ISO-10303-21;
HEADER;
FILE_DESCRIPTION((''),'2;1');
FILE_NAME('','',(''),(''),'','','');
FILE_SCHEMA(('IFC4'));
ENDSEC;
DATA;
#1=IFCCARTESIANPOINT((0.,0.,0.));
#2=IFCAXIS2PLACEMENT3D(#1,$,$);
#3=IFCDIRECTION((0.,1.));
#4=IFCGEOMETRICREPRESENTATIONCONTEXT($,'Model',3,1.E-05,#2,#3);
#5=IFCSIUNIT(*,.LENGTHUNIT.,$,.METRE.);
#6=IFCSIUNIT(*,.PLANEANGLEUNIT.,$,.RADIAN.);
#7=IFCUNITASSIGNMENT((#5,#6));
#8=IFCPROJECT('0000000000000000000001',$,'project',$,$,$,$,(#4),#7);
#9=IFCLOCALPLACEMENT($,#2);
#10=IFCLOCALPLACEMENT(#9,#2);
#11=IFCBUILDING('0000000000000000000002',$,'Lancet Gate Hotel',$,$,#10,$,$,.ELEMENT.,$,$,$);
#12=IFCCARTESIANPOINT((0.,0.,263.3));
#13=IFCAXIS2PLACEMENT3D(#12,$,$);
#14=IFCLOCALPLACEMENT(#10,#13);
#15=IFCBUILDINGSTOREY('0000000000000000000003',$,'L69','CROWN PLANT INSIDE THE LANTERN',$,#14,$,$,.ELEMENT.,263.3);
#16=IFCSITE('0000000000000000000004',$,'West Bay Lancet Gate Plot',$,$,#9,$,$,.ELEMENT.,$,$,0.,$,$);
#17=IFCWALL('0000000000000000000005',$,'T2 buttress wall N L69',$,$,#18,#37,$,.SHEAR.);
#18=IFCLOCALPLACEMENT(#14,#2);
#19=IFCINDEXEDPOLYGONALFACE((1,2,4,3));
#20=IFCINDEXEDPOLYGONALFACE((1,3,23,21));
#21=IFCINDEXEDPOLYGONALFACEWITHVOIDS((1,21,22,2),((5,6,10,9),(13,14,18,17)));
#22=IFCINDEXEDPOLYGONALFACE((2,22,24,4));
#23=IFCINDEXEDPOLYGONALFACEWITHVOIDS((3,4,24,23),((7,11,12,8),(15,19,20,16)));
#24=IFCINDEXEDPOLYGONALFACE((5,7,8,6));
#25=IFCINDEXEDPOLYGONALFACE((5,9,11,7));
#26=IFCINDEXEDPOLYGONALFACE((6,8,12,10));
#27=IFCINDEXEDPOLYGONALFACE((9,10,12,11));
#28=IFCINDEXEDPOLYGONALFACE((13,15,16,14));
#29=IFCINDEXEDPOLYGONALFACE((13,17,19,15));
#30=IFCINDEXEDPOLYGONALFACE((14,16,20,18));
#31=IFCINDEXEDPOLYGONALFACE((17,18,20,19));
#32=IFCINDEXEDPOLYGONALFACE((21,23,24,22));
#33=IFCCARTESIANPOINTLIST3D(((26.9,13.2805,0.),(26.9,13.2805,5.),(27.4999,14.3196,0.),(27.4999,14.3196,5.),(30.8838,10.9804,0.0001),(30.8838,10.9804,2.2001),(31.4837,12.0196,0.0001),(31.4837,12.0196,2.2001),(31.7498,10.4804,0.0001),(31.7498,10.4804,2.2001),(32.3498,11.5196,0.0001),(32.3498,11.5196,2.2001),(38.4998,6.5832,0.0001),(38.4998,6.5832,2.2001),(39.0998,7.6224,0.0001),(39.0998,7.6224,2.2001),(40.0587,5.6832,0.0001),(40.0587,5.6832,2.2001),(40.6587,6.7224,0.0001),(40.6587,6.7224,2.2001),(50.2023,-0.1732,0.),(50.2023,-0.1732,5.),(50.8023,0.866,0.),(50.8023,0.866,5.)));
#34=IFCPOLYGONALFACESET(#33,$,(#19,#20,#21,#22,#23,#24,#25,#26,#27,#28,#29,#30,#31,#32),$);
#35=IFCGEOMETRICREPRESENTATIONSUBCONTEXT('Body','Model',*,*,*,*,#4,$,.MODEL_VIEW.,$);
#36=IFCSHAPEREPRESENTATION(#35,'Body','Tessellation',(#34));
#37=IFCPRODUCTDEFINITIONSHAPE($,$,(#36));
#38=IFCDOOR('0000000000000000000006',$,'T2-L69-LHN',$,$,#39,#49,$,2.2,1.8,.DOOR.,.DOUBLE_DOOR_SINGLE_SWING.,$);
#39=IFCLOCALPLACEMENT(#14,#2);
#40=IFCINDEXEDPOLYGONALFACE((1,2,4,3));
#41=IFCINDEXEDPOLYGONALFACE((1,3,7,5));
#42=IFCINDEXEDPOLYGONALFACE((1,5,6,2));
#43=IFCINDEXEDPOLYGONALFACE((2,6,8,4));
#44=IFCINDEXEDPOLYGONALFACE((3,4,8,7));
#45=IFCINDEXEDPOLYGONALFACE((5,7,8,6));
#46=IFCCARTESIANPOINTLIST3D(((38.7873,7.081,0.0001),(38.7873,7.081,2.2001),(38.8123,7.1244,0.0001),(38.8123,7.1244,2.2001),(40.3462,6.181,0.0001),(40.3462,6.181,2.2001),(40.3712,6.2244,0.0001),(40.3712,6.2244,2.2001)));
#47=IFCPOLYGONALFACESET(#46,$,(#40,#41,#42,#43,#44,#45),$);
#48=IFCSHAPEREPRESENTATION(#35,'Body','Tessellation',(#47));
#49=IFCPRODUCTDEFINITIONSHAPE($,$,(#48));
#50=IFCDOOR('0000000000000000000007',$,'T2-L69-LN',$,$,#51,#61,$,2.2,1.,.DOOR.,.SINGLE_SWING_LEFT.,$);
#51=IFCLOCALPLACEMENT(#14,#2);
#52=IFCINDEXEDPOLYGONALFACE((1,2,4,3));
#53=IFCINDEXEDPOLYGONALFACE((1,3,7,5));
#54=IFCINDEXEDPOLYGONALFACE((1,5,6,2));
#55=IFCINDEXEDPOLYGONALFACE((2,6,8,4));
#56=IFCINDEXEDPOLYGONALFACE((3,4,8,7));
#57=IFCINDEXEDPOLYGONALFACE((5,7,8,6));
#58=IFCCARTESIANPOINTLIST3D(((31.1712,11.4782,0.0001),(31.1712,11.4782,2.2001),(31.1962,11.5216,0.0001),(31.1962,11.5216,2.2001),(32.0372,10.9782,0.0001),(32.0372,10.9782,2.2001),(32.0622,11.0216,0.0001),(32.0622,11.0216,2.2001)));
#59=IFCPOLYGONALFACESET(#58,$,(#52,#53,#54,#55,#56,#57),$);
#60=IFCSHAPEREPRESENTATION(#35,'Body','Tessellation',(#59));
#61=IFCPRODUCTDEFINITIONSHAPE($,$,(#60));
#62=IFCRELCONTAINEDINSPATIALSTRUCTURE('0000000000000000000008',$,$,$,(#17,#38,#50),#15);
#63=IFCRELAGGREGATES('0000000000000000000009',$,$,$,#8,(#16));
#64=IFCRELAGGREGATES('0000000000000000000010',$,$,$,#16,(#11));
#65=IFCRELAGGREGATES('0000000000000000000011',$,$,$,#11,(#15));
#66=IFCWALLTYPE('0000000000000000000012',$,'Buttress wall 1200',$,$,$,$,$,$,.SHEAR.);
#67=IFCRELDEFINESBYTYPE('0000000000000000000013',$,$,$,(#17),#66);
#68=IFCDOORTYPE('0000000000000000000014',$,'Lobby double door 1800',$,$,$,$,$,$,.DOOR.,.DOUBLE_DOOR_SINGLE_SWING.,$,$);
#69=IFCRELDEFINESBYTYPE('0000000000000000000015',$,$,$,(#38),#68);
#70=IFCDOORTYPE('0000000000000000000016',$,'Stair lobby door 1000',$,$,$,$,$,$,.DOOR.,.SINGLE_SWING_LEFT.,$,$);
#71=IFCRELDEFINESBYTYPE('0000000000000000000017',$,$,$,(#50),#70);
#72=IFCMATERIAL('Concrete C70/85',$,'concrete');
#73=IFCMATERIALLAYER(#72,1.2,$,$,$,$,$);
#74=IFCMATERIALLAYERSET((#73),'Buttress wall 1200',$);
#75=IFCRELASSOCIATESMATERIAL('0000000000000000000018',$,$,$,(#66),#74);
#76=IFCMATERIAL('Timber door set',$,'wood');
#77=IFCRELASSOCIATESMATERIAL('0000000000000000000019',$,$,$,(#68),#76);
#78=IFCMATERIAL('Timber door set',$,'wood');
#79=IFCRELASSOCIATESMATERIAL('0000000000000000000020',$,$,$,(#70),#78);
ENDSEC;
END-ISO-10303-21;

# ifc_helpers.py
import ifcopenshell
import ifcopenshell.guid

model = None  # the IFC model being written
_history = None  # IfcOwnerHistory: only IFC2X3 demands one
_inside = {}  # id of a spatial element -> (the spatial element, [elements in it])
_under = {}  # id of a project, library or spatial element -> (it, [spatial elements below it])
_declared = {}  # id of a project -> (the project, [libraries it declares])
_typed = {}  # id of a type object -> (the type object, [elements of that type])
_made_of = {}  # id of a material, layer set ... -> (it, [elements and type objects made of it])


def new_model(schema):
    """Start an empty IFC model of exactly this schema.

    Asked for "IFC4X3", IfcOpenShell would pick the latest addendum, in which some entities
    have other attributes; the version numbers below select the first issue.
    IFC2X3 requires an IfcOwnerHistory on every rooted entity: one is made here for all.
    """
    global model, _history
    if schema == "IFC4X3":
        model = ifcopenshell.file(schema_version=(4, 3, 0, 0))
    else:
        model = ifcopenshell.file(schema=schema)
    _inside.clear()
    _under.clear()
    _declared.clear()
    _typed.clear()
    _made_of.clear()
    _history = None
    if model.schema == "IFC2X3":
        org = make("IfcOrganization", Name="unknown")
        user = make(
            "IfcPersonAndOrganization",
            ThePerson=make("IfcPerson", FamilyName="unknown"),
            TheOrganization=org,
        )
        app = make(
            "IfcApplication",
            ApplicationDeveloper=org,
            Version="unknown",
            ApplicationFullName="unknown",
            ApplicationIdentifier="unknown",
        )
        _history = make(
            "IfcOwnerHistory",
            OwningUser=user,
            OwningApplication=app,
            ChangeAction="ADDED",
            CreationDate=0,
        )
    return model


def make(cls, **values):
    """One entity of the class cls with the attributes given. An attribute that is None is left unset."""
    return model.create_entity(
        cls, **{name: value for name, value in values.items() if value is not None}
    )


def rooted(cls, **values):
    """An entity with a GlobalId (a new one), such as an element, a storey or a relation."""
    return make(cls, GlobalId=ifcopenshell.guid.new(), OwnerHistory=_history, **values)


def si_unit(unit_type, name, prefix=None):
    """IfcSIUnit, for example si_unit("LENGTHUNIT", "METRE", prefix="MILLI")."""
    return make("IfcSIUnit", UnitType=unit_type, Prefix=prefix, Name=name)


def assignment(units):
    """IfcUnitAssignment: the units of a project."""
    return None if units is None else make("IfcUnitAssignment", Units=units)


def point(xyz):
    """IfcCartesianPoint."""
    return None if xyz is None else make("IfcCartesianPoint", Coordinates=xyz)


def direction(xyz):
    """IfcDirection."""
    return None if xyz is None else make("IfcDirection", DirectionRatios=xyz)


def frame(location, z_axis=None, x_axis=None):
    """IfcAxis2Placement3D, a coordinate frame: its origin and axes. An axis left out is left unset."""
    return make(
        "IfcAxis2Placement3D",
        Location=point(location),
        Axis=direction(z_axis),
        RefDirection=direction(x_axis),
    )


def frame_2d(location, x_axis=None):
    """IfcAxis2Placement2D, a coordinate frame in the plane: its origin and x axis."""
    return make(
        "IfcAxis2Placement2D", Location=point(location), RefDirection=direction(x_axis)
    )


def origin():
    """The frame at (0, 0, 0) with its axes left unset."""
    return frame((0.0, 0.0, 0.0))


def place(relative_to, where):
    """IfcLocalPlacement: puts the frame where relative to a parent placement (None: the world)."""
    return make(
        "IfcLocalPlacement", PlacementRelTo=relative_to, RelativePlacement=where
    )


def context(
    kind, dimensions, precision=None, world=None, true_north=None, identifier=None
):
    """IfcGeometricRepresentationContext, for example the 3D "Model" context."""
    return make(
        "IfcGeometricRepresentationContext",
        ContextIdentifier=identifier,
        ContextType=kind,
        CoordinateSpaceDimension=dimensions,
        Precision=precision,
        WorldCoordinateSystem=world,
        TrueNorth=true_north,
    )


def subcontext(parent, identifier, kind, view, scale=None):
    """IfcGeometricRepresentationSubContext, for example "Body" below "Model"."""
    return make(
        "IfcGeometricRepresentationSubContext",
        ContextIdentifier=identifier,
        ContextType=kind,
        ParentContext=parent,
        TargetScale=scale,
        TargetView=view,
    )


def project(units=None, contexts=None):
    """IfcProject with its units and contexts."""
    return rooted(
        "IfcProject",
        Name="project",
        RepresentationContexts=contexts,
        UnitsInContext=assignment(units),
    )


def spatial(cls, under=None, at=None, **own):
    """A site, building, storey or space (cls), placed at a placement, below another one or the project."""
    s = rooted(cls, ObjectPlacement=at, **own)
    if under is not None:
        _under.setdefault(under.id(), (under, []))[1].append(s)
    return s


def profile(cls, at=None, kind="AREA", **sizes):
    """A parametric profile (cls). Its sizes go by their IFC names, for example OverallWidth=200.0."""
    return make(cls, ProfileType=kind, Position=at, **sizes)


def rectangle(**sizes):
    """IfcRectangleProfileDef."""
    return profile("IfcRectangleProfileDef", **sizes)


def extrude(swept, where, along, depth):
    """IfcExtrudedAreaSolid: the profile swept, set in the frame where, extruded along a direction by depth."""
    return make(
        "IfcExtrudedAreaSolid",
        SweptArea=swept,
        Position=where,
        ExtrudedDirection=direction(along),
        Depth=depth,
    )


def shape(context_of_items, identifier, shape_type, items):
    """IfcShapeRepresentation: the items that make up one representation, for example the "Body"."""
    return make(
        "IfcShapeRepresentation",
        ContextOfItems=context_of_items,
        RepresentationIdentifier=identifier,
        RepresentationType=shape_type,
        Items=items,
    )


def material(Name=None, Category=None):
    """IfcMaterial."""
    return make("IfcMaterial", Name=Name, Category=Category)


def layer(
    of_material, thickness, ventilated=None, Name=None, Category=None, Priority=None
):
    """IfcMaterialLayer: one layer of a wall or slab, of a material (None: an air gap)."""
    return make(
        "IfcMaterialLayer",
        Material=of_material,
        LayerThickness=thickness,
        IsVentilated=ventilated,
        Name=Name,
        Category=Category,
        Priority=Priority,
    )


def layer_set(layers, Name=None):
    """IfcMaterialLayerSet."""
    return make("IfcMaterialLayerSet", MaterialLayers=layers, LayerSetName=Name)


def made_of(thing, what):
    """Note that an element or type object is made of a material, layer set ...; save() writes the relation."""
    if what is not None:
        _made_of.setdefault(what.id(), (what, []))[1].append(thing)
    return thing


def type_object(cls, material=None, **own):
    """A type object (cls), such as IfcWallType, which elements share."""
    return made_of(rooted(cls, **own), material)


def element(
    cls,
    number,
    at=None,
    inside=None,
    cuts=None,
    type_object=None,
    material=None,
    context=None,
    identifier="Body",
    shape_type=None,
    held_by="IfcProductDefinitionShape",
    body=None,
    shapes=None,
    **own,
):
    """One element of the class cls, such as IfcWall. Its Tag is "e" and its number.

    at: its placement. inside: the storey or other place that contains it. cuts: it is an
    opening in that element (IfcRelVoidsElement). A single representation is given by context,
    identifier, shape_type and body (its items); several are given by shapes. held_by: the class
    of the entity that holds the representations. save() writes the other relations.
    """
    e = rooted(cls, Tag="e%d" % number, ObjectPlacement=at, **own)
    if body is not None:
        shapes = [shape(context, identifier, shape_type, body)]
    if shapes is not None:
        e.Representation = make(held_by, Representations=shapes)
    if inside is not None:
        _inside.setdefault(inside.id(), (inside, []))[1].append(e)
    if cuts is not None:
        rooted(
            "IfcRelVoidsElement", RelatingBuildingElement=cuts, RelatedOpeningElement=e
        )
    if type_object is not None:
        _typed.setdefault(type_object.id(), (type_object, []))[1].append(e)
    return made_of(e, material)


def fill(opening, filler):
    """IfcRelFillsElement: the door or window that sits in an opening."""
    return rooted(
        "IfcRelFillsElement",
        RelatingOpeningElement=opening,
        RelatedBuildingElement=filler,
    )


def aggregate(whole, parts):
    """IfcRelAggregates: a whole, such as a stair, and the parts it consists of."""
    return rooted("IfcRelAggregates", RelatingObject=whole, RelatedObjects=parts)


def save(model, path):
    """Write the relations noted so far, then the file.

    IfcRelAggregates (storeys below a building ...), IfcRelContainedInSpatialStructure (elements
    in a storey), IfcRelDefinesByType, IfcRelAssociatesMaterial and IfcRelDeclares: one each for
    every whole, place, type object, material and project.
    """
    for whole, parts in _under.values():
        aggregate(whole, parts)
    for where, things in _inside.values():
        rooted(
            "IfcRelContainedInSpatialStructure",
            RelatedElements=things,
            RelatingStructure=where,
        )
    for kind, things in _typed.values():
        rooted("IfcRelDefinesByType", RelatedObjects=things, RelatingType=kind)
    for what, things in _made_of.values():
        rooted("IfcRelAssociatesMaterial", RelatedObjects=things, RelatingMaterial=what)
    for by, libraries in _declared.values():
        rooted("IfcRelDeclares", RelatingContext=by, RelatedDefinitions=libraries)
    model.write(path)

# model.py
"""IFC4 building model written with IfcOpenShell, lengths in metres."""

from ifc_helpers import new_model, si_unit, direction, frame, frame_2d, origin, place, context, subcontext, project, spatial, rectangle, extrude, material, layer, layer_set, type_object, element, fill, save


model = new_model("IFC4")

# Units and contexts
model_context = context("Model", 3, precision=1e-05, world=origin(), true_north=direction((0.0, 1.0)))
body_context = subcontext(model_context, "Body", "Model", "MODEL_VIEW")
ifc_project = project(units=[si_unit("LENGTHUNIT", "METRE"), si_unit("PLANEANGLEUNIT", "RADIAN")], contexts=[model_context])

# Site, building, storey
site_placement = place(None, origin())
site = spatial("IfcSite", under=ifc_project, at=site_placement, Name="West Bay Lancet Gate Plot", CompositionType="ELEMENT", RefElevation=0.0)
building_placement = place(site_placement, origin())
building = spatial("IfcBuilding", under=site, at=building_placement, Name="Lancet Gate Hotel", CompositionType="ELEMENT")
storey_placement = place(building_placement, frame((0.0, 0.0, 263.3)))
storey = spatial("IfcBuildingStorey", under=building, at=storey_placement, Name="L69", Description="CROWN PLANT INSIDE THE LANTERN", CompositionType="ELEMENT", Elevation=263.3)

# Wall, openings, doors
ifc_material_1 = material(Name="Concrete C70/85", Category="concrete")
ifc_layer_1 = layer(ifc_material_1, 1.2)
ifc_layer_set_1 = layer_set([ifc_layer_1], Name="Buttress wall 1200")
wall_type_1 = type_object("IfcWallType", Name="Buttress wall 1200", PredefinedType="SHEAR", material=ifc_layer_set_1)
wall_1_placement = place(storey_placement, frame((27.2, 13.8, 0.0), z_axis=(0.0, 0.0, 1.0), x_axis=(0.866025, -0.500002, 0.0)))
wall_1 = element("IfcWall", 1, at=wall_1_placement, inside=storey, type_object=wall_type_1, Name="T2 buttress wall N L69", PredefinedType="SHEAR", context=body_context, shape_type="SweptSolid", body=[
    extrude(rectangle(XDim=26.9072, YDim=1.2, at=frame_2d((13.4536, 0.0))), origin(), (0.0, 0.0, 1.0), 5.0),
])
opening_1_placement = place(wall_1_placement, frame((4.6001, 0.0, 0.0)))
opening_1 = element("IfcOpeningElement", 2, at=opening_1_placement, cuts=wall_1, PredefinedType="OPENING", context=body_context, shape_type="SweptSolid", body=[
    extrude(rectangle(XDim=1.0, YDim=2.2, at=frame_2d((0.5, 1.1001))), frame((0.0, 0.6099, 0.0), z_axis=(0.0, -1.0, 0.0), x_axis=(1.0, 0.0, 0.0)), (0.0, 0.0, 1.0), 1.22),
])
opening_2_placement = place(wall_1_placement, frame((13.3945, 0.0, 0.0)))
opening_2 = element("IfcOpeningElement", 3, at=opening_2_placement, cuts=wall_1, PredefinedType="OPENING", context=body_context, shape_type="SweptSolid", body=[
    extrude(rectangle(XDim=1.8, YDim=2.2, at=frame_2d((0.8999, 1.1001))), frame((0.0, 0.6099, 0.0), z_axis=(0.0, -1.0, 0.0), x_axis=(1.0, 0.0, 0.0)), (0.0, 0.0, 1.0), 1.22),
])
ifc_material_2 = material(Name="Timber door set", Category="wood")
door_type_1 = type_object("IfcDoorType", Name="Lobby double door 1800", OperationType="DOUBLE_DOOR_SINGLE_SWING", PredefinedType="DOOR", material=ifc_material_2)
door_1_placement = place(opening_2_placement, origin())
door_1 = element("IfcDoor", 4, at=door_1_placement, inside=storey, type_object=door_type_1, Name="T2-L69-LHN", OperationType="DOUBLE_DOOR_SINGLE_SWING", OverallHeight=2.2, OverallWidth=1.8, PredefinedType="DOOR", context=body_context, shape_type="SweptSolid", body=[
    extrude(rectangle(XDim=1.8, YDim=2.2, at=frame_2d((0.8999, 1.1001))), frame((0.0, 0.0249, 0.0), z_axis=(0.0, -1.0, 0.0), x_axis=(1.0, 0.0, 0.0)), (0.0, 0.0, 1.0), 0.05),
])
fill(opening_2, door_1)
ifc_material_3 = material(Name="Timber door set", Category="wood")
door_type_2 = type_object("IfcDoorType", Name="Stair lobby door 1000", OperationType="SINGLE_SWING_LEFT", PredefinedType="DOOR", material=ifc_material_3)
door_2_placement = place(opening_1_placement, origin())
door_2 = element("IfcDoor", 5, at=door_2_placement, inside=storey, type_object=door_type_2, Name="T2-L69-LN", OperationType="SINGLE_SWING_LEFT", OverallHeight=2.2, OverallWidth=1.0, PredefinedType="DOOR", context=body_context, shape_type="SweptSolid", body=[
    extrude(rectangle(XDim=1.0, YDim=2.2, at=frame_2d((0.5, 1.1001))), frame((0.0, 0.0249, 0.0), z_axis=(0.0, -1.0, 0.0), x_axis=(1.0, 0.0, 0.0)), (0.0, 0.0, 1.0), 0.05),
])
fill(opening_1, door_2)

save(model, "model.ifc")
